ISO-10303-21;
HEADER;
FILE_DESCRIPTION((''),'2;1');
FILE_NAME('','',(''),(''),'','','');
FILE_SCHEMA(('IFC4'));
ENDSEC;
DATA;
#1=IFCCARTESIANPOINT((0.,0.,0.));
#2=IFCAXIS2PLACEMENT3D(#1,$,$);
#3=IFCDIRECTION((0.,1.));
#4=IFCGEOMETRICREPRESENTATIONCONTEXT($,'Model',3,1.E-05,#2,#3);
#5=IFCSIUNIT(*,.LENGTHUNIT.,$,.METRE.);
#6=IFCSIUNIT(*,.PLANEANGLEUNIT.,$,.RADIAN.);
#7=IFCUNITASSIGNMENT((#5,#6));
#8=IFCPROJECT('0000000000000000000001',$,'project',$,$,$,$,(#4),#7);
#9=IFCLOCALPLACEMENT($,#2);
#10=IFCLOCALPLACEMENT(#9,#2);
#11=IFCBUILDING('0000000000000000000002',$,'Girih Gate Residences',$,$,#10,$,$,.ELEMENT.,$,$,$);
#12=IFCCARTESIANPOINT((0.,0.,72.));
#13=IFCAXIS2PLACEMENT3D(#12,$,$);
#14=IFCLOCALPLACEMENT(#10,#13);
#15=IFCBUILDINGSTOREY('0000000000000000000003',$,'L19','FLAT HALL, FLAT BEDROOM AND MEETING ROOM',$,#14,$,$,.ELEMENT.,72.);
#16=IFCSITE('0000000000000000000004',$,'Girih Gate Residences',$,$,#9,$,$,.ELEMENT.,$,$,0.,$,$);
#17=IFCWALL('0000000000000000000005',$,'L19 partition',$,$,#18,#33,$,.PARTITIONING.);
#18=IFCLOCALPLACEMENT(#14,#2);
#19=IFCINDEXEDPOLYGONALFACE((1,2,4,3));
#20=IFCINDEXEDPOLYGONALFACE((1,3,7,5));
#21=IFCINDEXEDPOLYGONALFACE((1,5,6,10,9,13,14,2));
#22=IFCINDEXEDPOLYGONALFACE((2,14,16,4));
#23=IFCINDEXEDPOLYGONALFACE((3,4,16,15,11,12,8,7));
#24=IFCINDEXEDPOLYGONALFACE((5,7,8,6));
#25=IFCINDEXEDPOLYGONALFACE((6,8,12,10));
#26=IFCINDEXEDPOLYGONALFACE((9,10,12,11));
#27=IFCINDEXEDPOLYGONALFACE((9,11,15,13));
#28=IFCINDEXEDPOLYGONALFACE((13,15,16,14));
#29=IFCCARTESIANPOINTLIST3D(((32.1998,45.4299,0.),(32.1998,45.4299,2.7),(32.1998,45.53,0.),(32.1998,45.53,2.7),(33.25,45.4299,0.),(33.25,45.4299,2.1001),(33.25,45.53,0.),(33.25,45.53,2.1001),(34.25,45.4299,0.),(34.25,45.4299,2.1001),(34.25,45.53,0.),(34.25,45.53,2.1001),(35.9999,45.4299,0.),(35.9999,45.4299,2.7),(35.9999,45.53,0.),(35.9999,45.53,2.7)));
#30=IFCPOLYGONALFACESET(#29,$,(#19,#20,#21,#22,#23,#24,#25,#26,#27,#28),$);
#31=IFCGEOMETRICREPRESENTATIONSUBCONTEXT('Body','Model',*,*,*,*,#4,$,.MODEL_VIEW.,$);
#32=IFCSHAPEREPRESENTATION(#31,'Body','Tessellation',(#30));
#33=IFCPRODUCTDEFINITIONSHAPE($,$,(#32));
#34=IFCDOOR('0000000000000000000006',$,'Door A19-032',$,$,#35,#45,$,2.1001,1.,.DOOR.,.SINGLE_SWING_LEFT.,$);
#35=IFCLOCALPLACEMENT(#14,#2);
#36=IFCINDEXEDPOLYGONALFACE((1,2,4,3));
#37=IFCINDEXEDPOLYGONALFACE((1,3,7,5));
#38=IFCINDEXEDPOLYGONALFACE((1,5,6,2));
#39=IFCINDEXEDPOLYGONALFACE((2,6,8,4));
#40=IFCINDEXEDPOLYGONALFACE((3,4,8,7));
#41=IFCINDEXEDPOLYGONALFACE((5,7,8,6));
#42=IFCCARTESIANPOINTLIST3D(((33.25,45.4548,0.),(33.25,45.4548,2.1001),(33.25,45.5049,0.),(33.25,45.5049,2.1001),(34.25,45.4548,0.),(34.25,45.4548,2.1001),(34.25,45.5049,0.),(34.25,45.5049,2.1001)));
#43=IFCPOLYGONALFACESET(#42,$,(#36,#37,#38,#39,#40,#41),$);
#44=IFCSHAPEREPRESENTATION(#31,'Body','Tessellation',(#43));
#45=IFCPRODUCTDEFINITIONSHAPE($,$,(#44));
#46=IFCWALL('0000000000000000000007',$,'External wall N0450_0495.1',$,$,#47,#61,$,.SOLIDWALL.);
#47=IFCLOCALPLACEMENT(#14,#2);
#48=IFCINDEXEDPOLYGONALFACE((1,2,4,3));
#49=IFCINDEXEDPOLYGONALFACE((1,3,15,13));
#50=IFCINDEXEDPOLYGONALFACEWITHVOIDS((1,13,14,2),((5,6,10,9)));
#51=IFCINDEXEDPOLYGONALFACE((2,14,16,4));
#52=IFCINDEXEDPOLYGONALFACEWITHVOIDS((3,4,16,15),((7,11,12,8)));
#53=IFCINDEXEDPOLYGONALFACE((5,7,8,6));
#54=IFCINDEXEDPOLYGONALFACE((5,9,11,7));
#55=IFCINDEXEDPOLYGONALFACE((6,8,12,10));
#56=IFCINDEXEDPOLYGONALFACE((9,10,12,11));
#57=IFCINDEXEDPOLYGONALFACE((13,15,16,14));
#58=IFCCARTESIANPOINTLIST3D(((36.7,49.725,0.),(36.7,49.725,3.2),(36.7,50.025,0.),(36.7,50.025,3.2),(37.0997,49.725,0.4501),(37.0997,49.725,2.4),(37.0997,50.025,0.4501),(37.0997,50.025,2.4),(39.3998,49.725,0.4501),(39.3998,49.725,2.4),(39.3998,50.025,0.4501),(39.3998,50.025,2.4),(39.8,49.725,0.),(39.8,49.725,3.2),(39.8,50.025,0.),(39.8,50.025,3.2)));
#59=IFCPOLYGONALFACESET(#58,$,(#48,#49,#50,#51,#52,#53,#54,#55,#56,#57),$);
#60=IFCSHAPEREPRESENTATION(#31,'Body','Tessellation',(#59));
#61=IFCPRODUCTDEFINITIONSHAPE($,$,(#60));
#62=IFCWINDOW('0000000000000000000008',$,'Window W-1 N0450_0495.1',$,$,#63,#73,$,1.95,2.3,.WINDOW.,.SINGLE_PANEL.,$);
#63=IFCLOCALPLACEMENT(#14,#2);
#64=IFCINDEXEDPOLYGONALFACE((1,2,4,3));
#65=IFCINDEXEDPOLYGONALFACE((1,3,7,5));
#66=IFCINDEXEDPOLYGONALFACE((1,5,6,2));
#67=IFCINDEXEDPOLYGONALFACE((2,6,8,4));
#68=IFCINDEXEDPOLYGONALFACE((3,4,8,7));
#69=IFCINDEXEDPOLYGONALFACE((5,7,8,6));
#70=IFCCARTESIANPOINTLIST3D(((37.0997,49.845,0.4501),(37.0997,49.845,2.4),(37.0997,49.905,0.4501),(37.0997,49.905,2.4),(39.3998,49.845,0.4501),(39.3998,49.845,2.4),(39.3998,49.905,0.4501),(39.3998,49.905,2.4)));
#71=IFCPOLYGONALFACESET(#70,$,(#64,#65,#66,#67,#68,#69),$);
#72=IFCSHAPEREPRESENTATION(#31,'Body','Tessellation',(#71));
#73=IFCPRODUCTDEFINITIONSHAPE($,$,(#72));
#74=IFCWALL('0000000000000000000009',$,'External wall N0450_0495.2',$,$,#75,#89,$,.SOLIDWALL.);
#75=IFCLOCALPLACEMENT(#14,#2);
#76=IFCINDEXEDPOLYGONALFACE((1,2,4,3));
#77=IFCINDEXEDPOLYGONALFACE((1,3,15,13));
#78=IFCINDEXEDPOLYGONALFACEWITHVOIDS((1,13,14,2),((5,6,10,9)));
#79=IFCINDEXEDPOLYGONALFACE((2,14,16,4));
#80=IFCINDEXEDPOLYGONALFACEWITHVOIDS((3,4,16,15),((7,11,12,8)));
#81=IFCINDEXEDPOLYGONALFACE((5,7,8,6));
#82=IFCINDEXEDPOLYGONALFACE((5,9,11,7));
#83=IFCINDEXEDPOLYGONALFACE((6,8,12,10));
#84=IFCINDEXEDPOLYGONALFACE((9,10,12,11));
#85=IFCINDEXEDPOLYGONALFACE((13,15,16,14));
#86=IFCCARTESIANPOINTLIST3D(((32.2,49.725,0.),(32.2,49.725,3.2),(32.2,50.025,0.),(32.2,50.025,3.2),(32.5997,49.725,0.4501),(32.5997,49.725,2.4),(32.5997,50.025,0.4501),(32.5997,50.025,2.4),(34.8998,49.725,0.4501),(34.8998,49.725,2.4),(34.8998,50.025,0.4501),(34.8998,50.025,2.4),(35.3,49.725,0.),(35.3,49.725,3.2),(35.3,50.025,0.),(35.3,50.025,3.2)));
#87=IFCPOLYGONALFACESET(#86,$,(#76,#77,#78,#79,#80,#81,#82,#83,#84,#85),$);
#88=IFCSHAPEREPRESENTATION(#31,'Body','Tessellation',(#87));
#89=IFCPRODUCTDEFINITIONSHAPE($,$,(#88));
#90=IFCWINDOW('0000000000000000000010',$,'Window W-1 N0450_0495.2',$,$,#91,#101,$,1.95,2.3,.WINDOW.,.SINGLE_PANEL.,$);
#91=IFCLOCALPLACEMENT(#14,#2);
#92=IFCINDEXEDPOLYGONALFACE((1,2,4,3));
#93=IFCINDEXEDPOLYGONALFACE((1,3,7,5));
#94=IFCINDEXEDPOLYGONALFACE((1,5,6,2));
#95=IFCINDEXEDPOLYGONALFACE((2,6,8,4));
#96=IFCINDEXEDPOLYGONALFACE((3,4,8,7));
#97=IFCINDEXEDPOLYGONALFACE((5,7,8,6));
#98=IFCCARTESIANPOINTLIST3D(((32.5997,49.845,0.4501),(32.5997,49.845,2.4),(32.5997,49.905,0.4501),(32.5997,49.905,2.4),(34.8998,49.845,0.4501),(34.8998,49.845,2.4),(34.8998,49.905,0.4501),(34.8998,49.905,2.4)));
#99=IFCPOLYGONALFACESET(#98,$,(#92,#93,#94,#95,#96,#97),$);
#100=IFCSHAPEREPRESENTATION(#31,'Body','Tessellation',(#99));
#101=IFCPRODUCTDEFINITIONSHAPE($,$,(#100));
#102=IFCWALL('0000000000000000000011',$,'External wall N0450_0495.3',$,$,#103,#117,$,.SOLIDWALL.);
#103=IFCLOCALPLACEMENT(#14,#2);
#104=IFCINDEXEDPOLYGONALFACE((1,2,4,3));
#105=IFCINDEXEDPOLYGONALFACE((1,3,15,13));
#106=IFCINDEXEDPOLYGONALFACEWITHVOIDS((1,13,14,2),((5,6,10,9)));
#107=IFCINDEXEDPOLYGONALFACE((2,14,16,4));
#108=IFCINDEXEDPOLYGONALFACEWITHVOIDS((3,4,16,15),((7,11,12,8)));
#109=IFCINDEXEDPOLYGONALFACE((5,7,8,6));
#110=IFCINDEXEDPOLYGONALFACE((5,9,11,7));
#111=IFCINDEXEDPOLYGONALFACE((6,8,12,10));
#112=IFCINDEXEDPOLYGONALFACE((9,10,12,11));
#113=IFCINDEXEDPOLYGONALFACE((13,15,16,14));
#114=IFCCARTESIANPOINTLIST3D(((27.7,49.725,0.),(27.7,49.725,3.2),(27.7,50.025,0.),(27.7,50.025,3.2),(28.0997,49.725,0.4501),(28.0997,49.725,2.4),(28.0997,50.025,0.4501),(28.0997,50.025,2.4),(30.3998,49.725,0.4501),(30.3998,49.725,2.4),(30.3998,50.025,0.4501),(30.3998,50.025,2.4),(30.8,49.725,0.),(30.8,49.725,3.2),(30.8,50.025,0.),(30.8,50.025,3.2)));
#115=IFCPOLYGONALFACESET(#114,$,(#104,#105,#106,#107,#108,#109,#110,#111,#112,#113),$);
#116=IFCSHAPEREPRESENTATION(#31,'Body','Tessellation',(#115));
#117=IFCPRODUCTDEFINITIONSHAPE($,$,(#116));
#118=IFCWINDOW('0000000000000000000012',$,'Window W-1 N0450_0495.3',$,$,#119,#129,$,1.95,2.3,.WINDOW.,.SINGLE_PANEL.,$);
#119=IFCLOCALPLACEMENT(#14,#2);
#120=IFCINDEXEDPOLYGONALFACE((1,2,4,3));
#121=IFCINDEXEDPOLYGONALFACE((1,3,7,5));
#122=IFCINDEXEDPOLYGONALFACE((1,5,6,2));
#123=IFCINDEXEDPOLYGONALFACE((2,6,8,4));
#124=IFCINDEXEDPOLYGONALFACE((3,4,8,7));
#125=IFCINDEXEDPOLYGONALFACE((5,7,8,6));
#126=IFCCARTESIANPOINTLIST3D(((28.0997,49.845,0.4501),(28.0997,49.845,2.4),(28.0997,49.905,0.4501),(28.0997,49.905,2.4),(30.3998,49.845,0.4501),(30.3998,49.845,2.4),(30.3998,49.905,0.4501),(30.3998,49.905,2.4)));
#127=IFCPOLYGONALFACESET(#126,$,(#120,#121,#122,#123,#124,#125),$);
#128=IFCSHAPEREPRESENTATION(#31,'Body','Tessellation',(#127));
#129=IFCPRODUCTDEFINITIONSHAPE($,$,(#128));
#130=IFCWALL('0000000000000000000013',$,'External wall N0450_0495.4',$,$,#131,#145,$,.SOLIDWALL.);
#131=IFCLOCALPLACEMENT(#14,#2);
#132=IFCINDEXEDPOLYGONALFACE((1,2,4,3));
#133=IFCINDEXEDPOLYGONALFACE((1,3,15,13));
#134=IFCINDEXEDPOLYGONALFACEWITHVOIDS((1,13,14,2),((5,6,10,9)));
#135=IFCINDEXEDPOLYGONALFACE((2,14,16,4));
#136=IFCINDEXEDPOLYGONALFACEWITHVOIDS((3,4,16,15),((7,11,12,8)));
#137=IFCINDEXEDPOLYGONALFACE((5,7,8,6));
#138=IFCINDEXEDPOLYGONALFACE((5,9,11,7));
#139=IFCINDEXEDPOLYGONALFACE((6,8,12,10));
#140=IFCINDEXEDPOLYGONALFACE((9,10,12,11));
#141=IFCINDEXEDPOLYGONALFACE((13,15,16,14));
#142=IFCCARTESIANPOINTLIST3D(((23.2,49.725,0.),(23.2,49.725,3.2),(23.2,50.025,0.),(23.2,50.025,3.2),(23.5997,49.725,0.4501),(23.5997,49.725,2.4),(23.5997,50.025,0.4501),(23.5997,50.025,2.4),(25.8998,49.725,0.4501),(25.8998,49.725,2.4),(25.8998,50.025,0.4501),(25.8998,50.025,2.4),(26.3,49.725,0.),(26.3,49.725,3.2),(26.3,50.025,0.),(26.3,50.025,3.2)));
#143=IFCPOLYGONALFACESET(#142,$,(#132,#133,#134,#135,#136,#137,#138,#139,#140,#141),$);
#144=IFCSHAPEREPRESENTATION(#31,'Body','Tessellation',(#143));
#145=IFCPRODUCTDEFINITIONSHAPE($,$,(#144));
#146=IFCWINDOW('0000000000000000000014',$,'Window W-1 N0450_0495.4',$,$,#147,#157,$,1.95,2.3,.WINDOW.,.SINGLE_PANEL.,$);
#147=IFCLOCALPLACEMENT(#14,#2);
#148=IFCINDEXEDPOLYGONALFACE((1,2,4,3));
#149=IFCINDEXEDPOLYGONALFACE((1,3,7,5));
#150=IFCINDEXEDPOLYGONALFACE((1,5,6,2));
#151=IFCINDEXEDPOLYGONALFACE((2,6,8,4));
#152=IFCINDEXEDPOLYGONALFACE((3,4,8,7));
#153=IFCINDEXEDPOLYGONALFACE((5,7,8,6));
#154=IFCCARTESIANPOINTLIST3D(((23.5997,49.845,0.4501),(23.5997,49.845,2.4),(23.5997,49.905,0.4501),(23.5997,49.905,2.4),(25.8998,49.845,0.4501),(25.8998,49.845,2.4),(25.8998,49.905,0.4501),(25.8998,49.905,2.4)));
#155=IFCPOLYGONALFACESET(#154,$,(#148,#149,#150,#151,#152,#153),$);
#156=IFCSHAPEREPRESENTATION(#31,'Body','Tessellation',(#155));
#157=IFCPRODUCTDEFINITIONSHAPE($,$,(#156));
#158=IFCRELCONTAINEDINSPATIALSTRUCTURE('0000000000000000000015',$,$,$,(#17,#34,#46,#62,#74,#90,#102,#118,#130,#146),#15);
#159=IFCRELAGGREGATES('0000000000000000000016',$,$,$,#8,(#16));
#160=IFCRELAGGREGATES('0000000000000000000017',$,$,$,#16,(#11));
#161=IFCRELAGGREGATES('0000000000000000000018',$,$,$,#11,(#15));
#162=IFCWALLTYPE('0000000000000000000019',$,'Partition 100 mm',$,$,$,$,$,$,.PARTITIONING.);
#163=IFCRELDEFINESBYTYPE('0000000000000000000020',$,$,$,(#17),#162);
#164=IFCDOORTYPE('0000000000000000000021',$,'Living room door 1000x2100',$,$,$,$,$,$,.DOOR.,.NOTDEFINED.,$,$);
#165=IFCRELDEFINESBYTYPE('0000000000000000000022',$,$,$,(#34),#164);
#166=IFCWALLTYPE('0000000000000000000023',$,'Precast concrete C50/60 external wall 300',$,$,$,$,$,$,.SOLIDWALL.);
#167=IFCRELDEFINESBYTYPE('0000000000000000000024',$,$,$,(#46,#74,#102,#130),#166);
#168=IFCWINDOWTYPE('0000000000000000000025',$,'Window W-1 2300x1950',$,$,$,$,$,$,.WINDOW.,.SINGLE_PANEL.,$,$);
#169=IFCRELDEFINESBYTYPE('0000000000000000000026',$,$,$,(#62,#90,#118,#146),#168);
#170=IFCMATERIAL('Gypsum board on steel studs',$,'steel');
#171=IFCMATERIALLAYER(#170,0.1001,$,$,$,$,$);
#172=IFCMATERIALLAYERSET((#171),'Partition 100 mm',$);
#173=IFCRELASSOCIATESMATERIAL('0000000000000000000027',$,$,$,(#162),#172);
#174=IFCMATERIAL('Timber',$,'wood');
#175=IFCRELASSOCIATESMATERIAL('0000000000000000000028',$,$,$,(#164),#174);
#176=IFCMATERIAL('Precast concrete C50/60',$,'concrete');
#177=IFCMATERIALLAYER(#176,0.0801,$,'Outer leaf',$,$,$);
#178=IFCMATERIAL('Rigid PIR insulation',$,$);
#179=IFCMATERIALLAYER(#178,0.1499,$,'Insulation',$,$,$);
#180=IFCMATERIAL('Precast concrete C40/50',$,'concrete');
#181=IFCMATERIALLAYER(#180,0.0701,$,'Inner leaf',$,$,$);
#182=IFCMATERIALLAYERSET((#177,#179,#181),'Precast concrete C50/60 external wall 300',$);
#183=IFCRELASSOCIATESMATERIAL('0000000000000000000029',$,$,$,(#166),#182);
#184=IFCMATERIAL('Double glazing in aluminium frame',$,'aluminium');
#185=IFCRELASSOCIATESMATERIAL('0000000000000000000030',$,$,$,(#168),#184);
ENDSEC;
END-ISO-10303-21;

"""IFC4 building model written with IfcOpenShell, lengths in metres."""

from ifc_helpers import new_model, si_unit, direction, frame, frame_2d, origin, place, context, subcontext, project, spatial, rectangle, extrude, material, layer, layer_set, type_object, element, fill, save


model = new_model("IFC4")

# Units and contexts
model_context = context("Model", 3, precision=1e-05, world=origin(), true_north=direction((0.0, 1.0)))
body_context = subcontext(model_context, "Body", "Model", "MODEL_VIEW")
ifc_project = project(units=[si_unit("LENGTHUNIT", "METRE"), si_unit("PLANEANGLEUNIT", "RADIAN")], contexts=[model_context])

# Site, building, storey
site_placement = place(None, origin())
site = spatial("IfcSite", under=ifc_project, at=site_placement, Name="Girih Gate Residences", CompositionType="ELEMENT", RefElevation=0.0)
building_placement = place(site_placement, origin())
building = spatial("IfcBuilding", under=site, at=building_placement, Name="Girih Gate Residences", CompositionType="ELEMENT")
storey_placement = place(building_placement, frame((0.0, 0.0, 72.0)))
storey = spatial("IfcBuildingStorey", under=building, at=storey_placement, Name="L19", Description="FLAT HALL, FLAT BEDROOM AND MEETING ROOM", CompositionType="ELEMENT", Elevation=72.0)

# Shared definitions
ifc_material_1 = material(Name="Gypsum board on steel studs", Category="steel")

# Shared definitions
ifc_layer_1 = layer(ifc_material_1, 0.1001)
ifc_layer_set_1 = layer_set([ifc_layer_1], Name="Partition 100 mm")
wall_type_1 = type_object("IfcWallType", Name="Partition 100 mm", PredefinedType="PARTITIONING", material=ifc_layer_set_1)
ifc_material_2 = material(Name="Timber", Category="wood")

# Wall, opening, door
wall_1_placement = place(storey_placement, frame((32.2, 45.48, 0.0), z_axis=(0.0, 0.0, 1.0), x_axis=(1.0, 0.0, 0.0)))
wall_1 = element("IfcWall", 1, at=wall_1_placement, inside=storey, type_object=wall_type_1, Name="L19 partition", PredefinedType="PARTITIONING", context=body_context, shape_type="SweptSolid", body=[
    extrude(rectangle(XDim=3.8, YDim=0.1001, at=frame_2d((1.8999, 0.0))), origin(), (0.0, 0.0, 1.0), 2.7),
])
opening_1_placement = place(wall_1_placement, frame((1.05, 0.0, 0.0)))
opening_1 = element("IfcOpeningElement", 2, at=opening_1_placement, cuts=wall_1, PredefinedType="OPENING", context=body_context, shape_type="SweptSolid", body=[
    extrude(rectangle(XDim=1.0, YDim=2.1001, at=frame_2d((0.5, 1.05))), frame((0.0, 0.0601, 0.0), z_axis=(0.0, -1.0, 0.0), x_axis=(1.0, 0.0, 0.0)), (0.0, 0.0, 1.0), 0.1201),
])
door_type_1 = type_object("IfcDoorType", Name="Living room door 1000x2100", OperationType="NOTDEFINED", PredefinedType="DOOR", material=ifc_material_2)
door_1_placement = place(opening_1_placement, origin())
door_1 = element("IfcDoor", 3, at=door_1_placement, inside=storey, type_object=door_type_1, Name="Door A19-032", OperationType="SINGLE_SWING_LEFT", OverallHeight=2.1001, OverallWidth=1.0, PredefinedType="DOOR", context=body_context, shape_type="SweptSolid", body=[
    extrude(rectangle(XDim=1.0, YDim=2.1001, at=frame_2d((0.5, 1.05))), frame((0.0, 0.0249, 0.0), z_axis=(0.0, -1.0, 0.0), x_axis=(1.0, 0.0, 0.0)), (0.0, 0.0, 1.0), 0.05),
])
fill(opening_1, door_1)

# Walls, openings, windows
ifc_material_3 = material(Name="Precast concrete C50/60", Category="concrete")
ifc_layer_2 = layer(ifc_material_3, 0.0801, Name="Outer leaf")
ifc_material_4 = material(Name="Rigid PIR insulation")
ifc_layer_3 = layer(ifc_material_4, 0.1499, Name="Insulation")
ifc_material_5 = material(Name="Precast concrete C40/50", Category="concrete")
ifc_layer_4 = layer(ifc_material_5, 0.0701, Name="Inner leaf")
ifc_layer_set_2 = layer_set([ifc_layer_2, ifc_layer_3, ifc_layer_4], Name="Precast concrete C50/60 external wall 300")
wall_type_2 = type_object("IfcWallType", Name="Precast concrete C50/60 external wall 300", PredefinedType="SOLIDWALL", material=ifc_layer_set_2)
wall_2_placement = place(storey_placement, frame((36.7, 49.875, 0.0), z_axis=(0.0, 0.0, 1.0), x_axis=(1.0, 0.0, 0.0)))
wall_2 = element("IfcWall", 4, at=wall_2_placement, inside=storey, type_object=wall_type_2, Name="External wall N0450_0495.1", PredefinedType="SOLIDWALL", context=body_context, shape_type="SweptSolid", body=[
    extrude(rectangle(XDim=3.1001, YDim=0.3, at=frame_2d((1.55, 0.0))), origin(), (0.0, 0.0, 1.0), 3.2),
])
opening_2_placement = place(wall_2_placement, frame((0.3999, 0.0, 0.45)))
opening_2 = element("IfcOpeningElement", 5, at=opening_2_placement, cuts=wall_2, PredefinedType="OPENING", context=body_context, shape_type="SweptSolid", body=[
    extrude(rectangle(XDim=2.3, YDim=1.95, at=frame_2d((1.1499, 0.9751))), frame((0.0, 0.1599, 0.0), z_axis=(0.0, -1.0, 0.0), x_axis=(1.0, 0.0, 0.0)), (0.0, 0.0, 1.0), 0.3201),
])
ifc_material_6 = material(Name="Double glazing in aluminium frame", Category="aluminium")
window_type = type_object("IfcWindowType", Name="Window W-1 2300x1950", PartitioningType="SINGLE_PANEL", PredefinedType="WINDOW", material=ifc_material_6)
window_1_placement = place(opening_2_placement, origin())
window_1 = element("IfcWindow", 6, at=window_1_placement, inside=storey, type_object=window_type, Name="Window W-1 N0450_0495.1", OverallHeight=1.95, OverallWidth=2.3, PartitioningType="SINGLE_PANEL", PredefinedType="WINDOW", context=body_context, shape_type="SweptSolid", body=[
    extrude(rectangle(XDim=2.3, YDim=1.95, at=frame_2d((1.1499, 0.9751))), frame((0.0, 0.03, 0.0), z_axis=(0.0, -1.0, 0.0), x_axis=(1.0, 0.0, 0.0)), (0.0, 0.0, 1.0), 0.0601),
])
fill(opening_2, window_1)
wall_3_placement = place(storey_placement, frame((32.2, 49.875, 0.0), z_axis=(0.0, 0.0, 1.0), x_axis=(1.0, 0.0, 0.0)))
wall_3 = element("IfcWall", 7, at=wall_3_placement, inside=storey, type_object=wall_type_2, Name="External wall N0450_0495.2", PredefinedType="SOLIDWALL", context=body_context, shape_type="SweptSolid", body=[
    extrude(rectangle(XDim=3.1001, YDim=0.3, at=frame_2d((1.55, 0.0))), origin(), (0.0, 0.0, 1.0), 3.2),
])
opening_3_placement = place(wall_3_placement, frame((0.3999, 0.0, 0.45)))
opening_3 = element("IfcOpeningElement", 8, at=opening_3_placement, cuts=wall_3, PredefinedType="OPENING", context=body_context, shape_type="SweptSolid", body=[
    extrude(rectangle(XDim=2.3, YDim=1.95, at=frame_2d((1.1499, 0.9751))), frame((0.0, 0.1599, 0.0), z_axis=(0.0, -1.0, 0.0), x_axis=(1.0, 0.0, 0.0)), (0.0, 0.0, 1.0), 0.3201),
])
window_2_placement = place(opening_3_placement, origin())
window_2 = element("IfcWindow", 9, at=window_2_placement, inside=storey, type_object=window_type, Name="Window W-1 N0450_0495.2", OverallHeight=1.95, OverallWidth=2.3, PartitioningType="SINGLE_PANEL", PredefinedType="WINDOW", context=body_context, shape_type="SweptSolid", body=[
    extrude(rectangle(XDim=2.3, YDim=1.95, at=frame_2d((1.1499, 0.9751))), frame((0.0, 0.03, 0.0), z_axis=(0.0, -1.0, 0.0), x_axis=(1.0, 0.0, 0.0)), (0.0, 0.0, 1.0), 0.0601),
])
fill(opening_3, window_2)
wall_4_placement = place(storey_placement, frame((27.7, 49.875, 0.0), z_axis=(0.0, 0.0, 1.0), x_axis=(1.0, 0.0, 0.0)))
wall_4 = element("IfcWall", 10, at=wall_4_placement, inside=storey, type_object=wall_type_2, Name="External wall N0450_0495.3", PredefinedType="SOLIDWALL", context=body_context, shape_type="SweptSolid", body=[
    extrude(rectangle(XDim=3.1001, YDim=0.3, at=frame_2d((1.55, 0.0))), origin(), (0.0, 0.0, 1.0), 3.2),
])
opening_4_placement = place(wall_4_placement, frame((0.3999, 0.0, 0.45)))
opening_4 = element("IfcOpeningElement", 11, at=opening_4_placement, cuts=wall_4, PredefinedType="OPENING", context=body_context, shape_type="SweptSolid", body=[
    extrude(rectangle(XDim=2.3, YDim=1.95, at=frame_2d((1.1499, 0.9751))), frame((0.0, 0.1599, 0.0), z_axis=(0.0, -1.0, 0.0), x_axis=(1.0, 0.0, 0.0)), (0.0, 0.0, 1.0), 0.3201),
])
window_3_placement = place(opening_4_placement, origin())
window_3 = element("IfcWindow", 12, at=window_3_placement, inside=storey, type_object=window_type, Name="Window W-1 N0450_0495.3", OverallHeight=1.95, OverallWidth=2.3, PartitioningType="SINGLE_PANEL", PredefinedType="WINDOW", context=body_context, shape_type="SweptSolid", body=[
    extrude(rectangle(XDim=2.3, YDim=1.95, at=frame_2d((1.1499, 0.9751))), frame((0.0, 0.03, 0.0), z_axis=(0.0, -1.0, 0.0), x_axis=(1.0, 0.0, 0.0)), (0.0, 0.0, 1.0), 0.0601),
])
fill(opening_4, window_3)
wall_5_placement = place(storey_placement, frame((23.2, 49.875, 0.0), z_axis=(0.0, 0.0, 1.0), x_axis=(1.0, 0.0, 0.0)))
wall_5 = element("IfcWall", 13, at=wall_5_placement, inside=storey, type_object=wall_type_2, Name="External wall N0450_0495.4", PredefinedType="SOLIDWALL", context=body_context, shape_type="SweptSolid", body=[
    extrude(rectangle(XDim=3.1001, YDim=0.3, at=frame_2d((1.55, 0.0))), origin(), (0.0, 0.0, 1.0), 3.2),
])
opening_5_placement = place(wall_5_placement, frame((0.3999, 0.0, 0.45)))
opening_5 = element("IfcOpeningElement", 14, at=opening_5_placement, cuts=wall_5, PredefinedType="OPENING", context=body_context, shape_type="SweptSolid", body=[
    extrude(rectangle(XDim=2.3, YDim=1.95, at=frame_2d((1.1499, 0.9751))), frame((0.0, 0.1599, 0.0), z_axis=(0.0, -1.0, 0.0), x_axis=(1.0, 0.0, 0.0)), (0.0, 0.0, 1.0), 0.3201),
])
window_4_placement = place(opening_5_placement, origin())
window_4 = element("IfcWindow", 15, at=window_4_placement, inside=storey, type_object=window_type, Name="Window W-1 N0450_0495.4", OverallHeight=1.95, OverallWidth=2.3, PartitioningType="SINGLE_PANEL", PredefinedType="WINDOW", context=body_context, shape_type="SweptSolid", body=[
    extrude(rectangle(XDim=2.3, YDim=1.95, at=frame_2d((1.1499, 0.9751))), frame((0.0, 0.03, 0.0), z_axis=(0.0, -1.0, 0.0), x_axis=(1.0, 0.0, 0.0)), (0.0, 0.0, 1.0), 0.0601),
])
fill(opening_5, window_4)

save(model, "model.ifc")
